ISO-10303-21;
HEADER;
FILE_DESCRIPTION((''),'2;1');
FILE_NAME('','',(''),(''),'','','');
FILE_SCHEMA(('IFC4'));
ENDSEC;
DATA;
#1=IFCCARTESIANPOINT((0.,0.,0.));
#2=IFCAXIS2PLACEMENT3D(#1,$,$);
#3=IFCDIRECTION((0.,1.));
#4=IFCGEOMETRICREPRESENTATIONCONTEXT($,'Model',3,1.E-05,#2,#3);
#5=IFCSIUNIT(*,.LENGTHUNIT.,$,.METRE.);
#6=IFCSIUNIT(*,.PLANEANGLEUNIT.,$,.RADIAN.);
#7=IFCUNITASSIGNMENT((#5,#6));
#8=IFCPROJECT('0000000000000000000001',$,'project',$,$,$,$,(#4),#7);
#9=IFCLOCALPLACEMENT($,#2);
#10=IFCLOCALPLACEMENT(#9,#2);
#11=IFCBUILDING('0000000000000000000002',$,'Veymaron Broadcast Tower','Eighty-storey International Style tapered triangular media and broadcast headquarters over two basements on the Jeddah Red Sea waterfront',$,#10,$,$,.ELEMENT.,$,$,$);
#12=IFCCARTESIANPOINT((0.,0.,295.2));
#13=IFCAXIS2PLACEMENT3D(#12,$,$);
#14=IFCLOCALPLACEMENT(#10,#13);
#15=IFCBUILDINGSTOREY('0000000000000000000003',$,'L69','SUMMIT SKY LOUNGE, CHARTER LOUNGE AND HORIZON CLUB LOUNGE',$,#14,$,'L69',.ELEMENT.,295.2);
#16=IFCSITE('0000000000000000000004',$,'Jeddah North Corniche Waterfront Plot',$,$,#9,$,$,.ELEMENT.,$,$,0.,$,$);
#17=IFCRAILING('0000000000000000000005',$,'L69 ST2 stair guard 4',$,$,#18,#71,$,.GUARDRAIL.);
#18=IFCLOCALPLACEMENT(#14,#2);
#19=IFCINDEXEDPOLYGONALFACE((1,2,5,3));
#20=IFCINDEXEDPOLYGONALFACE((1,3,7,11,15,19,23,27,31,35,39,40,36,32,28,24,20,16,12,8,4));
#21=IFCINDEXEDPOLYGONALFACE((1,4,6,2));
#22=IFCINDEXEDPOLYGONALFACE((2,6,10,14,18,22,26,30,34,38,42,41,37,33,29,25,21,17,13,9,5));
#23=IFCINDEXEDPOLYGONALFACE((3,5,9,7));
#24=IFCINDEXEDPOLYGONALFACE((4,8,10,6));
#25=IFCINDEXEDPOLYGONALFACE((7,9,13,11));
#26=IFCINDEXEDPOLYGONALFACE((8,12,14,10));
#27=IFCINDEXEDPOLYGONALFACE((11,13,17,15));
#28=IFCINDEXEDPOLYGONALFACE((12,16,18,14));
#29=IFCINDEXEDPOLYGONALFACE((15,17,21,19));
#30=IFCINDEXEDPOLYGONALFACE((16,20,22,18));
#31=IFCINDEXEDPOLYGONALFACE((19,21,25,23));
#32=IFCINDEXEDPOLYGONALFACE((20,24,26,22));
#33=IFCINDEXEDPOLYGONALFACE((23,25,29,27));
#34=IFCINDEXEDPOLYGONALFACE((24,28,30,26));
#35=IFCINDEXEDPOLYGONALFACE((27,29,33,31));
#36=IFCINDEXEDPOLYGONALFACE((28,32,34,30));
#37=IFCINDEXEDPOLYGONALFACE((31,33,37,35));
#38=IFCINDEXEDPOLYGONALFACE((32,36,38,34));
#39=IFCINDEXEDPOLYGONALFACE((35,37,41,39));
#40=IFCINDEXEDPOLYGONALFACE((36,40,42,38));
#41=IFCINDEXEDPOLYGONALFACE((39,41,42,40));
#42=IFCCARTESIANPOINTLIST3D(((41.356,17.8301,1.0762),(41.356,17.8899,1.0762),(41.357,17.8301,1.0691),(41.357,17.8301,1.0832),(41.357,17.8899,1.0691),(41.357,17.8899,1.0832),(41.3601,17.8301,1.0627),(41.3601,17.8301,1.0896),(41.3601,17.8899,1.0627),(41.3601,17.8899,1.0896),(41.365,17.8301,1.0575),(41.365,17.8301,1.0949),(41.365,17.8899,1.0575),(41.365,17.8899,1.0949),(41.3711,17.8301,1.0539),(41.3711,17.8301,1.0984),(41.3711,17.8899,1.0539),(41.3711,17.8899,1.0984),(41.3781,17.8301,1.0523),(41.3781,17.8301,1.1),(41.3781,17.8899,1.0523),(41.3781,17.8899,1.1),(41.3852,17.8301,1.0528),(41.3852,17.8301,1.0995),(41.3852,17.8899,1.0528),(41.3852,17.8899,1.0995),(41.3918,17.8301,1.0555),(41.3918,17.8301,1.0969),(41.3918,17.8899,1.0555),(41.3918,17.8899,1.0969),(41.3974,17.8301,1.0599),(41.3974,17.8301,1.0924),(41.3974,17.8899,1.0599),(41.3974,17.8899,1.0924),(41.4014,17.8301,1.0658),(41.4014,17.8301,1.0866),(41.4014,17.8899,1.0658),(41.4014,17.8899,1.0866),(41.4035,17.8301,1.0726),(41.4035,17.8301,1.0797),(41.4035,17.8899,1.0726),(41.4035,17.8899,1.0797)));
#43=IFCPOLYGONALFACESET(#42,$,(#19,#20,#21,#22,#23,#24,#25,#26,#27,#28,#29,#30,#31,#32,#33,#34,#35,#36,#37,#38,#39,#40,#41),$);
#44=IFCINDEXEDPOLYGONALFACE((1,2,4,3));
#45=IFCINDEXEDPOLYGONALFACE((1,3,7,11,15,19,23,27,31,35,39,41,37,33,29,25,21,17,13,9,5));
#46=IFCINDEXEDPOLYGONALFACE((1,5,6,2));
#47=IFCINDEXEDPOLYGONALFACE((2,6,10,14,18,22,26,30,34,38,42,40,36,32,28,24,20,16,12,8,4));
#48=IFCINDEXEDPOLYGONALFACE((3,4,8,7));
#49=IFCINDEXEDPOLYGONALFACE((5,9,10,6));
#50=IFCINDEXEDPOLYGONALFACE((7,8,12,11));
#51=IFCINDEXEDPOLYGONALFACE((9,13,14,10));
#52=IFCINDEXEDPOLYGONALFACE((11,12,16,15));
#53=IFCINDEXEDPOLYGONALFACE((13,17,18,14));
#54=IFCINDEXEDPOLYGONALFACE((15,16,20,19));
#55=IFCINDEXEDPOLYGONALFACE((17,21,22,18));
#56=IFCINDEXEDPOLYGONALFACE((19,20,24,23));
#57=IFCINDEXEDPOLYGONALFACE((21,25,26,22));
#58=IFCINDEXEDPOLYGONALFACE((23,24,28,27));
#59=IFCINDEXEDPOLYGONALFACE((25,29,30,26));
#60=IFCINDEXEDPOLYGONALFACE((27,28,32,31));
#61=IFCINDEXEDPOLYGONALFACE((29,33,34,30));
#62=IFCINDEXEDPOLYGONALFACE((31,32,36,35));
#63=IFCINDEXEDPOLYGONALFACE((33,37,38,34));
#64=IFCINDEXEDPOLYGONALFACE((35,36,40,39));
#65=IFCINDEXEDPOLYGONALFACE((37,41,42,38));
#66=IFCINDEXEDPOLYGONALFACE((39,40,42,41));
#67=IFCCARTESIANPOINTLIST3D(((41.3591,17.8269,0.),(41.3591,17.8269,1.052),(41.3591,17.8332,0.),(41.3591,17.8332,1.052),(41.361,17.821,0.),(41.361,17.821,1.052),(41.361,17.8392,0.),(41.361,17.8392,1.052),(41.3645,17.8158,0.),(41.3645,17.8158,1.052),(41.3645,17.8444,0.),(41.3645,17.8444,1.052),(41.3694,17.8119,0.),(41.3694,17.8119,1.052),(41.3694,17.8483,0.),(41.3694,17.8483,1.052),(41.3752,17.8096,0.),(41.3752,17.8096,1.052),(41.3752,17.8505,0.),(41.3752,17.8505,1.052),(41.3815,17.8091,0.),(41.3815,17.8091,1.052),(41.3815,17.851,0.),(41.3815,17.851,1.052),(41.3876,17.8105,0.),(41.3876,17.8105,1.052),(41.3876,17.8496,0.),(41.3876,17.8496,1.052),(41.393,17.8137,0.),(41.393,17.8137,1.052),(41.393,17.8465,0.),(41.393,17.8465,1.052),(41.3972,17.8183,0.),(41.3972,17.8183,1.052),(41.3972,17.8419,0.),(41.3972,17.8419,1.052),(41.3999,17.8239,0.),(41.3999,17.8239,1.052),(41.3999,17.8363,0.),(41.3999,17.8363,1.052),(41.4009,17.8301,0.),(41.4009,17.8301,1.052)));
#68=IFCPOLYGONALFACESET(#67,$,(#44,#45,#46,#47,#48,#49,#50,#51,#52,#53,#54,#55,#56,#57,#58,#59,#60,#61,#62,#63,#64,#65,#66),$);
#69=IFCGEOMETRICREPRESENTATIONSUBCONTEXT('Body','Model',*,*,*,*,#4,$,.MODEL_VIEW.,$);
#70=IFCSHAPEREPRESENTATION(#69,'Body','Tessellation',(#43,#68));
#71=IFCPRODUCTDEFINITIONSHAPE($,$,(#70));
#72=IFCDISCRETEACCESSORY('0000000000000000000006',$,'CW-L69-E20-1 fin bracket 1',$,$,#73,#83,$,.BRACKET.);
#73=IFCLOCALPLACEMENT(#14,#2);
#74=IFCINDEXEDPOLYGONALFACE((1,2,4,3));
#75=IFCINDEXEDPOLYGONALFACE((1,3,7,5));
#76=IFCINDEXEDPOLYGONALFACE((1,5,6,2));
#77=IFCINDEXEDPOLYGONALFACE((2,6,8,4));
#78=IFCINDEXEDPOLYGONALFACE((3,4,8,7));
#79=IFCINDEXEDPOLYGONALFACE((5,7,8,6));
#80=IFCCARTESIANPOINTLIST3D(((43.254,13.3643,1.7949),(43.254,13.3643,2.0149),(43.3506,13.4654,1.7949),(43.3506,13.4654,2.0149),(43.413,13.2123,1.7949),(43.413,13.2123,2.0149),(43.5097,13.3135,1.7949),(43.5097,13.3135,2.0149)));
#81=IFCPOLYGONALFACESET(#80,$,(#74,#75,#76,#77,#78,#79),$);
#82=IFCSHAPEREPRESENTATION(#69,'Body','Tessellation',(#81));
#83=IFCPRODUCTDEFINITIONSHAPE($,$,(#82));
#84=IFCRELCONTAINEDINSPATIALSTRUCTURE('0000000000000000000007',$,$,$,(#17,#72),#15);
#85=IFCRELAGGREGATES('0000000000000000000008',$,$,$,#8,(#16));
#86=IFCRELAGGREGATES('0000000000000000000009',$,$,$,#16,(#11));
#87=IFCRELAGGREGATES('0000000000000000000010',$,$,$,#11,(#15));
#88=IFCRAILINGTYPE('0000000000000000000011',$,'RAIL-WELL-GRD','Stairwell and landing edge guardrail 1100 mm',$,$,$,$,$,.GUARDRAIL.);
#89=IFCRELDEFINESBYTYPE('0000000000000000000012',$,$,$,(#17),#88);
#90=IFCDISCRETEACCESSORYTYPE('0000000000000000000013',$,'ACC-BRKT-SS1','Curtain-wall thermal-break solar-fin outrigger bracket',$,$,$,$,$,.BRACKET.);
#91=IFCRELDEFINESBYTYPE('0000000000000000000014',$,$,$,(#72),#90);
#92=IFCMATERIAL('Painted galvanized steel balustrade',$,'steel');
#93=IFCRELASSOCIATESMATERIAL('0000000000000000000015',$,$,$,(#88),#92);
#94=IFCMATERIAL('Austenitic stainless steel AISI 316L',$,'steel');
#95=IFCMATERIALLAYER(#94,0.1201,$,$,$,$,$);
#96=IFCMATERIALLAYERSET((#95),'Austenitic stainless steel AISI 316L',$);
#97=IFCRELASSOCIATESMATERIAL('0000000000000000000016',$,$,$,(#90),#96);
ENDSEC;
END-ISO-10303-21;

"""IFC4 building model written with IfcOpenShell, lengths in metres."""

from ifc_helpers import new_model, si_unit, direction, frame, origin, origin_2d, place, context, subcontext, project, spatial, rectangle, circle, extrude, material, layer, layer_set, type_object, element, save


model = new_model("IFC4")

# Units and contexts
model_context = context("Model", 3, precision=1e-05, world=origin(), true_north=direction((0.0, 1.0)))
body_context = subcontext(model_context, "Body", "Model", "MODEL_VIEW")
ifc_project = project(units=[si_unit("LENGTHUNIT", "METRE"), si_unit("PLANEANGLEUNIT", "RADIAN")], contexts=[model_context])

# Site, building, storey
site_placement = place(None, origin())
site = spatial("IfcSite", under=ifc_project, at=site_placement, Name="Jeddah North Corniche Waterfront Plot", CompositionType="ELEMENT", RefElevation=0.0)
building_placement = place(site_placement, origin())
building = spatial("IfcBuilding", under=site, at=building_placement, Name="Veymaron Broadcast Tower", Description="Eighty-storey International Style tapered triangular media and broadcast headquarters over two basements on the Jeddah Red Sea waterfront", CompositionType="ELEMENT")
storey_placement = place(building_placement, frame((0.0, 0.0, 295.2)))
storey = spatial("IfcBuildingStorey", under=building, at=storey_placement, Name="L69", Description="SUMMIT SKY LOUNGE, CHARTER LOUNGE AND HORIZON CLUB LOUNGE", LongName="L69", CompositionType="ELEMENT", Elevation=295.2)

# Railing
ifc_material_1 = material(Name="Painted galvanized steel balustrade", Category="steel")
railing_type_1 = type_object("IfcRailingType", Name="RAIL-WELL-GRD", Description="Stairwell and landing edge guardrail 1100 mm", PredefinedType="GUARDRAIL", material=ifc_material_1)
railing_1_placement = place(storey_placement, frame((41.3799, 17.8301, 0.0)))
element("IfcRailing", 1, at=railing_1_placement, inside=storey, type_object=railing_type_1, Name="L69 ST2 stair guard 4", PredefinedType="GUARDRAIL", context=body_context, shape_type="SweptSolid", body=[
    extrude(circle(Radius=0.0239, at=origin_2d()), frame((0.0, 0.0, 1.0762), z_axis=(0.0, 1.0, 0.0), x_axis=(-1.0, 0.0, 0.0)), (0.0, 0.0, 1.0), 0.0598),
    extrude(circle(Radius=0.021, at=origin_2d()), origin(), (0.0, 0.0, 1.0), 1.052),
])

# Discrete accessory
ifc_material_2 = material(Name="Austenitic stainless steel AISI 316L", Category="steel")
ifc_layer_1 = layer(ifc_material_2, 0.1201)
ifc_layer_set_1 = layer_set([ifc_layer_1], Name="Austenitic stainless steel AISI 316L")
discrete_accessory_type = type_object("IfcDiscreteAccessoryType", Name="ACC-BRKT-SS1", Description="Curtain-wall thermal-break solar-fin outrigger bracket", PredefinedType="BRACKET", material=ifc_layer_set_1)
discrete_accessory_placement = place(storey_placement, frame((43.3818, 13.3389, 1.7949), z_axis=(0.0, 0.0, 1.0), x_axis=(0.722979, -0.69087, 0.0)))
element("IfcDiscreteAccessory", 2, at=discrete_accessory_placement, inside=storey, type_object=discrete_accessory_type, Name="CW-L69-E20-1 fin bracket 1", PredefinedType="BRACKET", context=body_context, shape_type="SweptSolid", body=[
    extrude(rectangle(XDim=0.22, YDim=0.1399, at=origin_2d()), origin(), (0.0, 0.0, 1.0), 0.22),
])

save(model, "model.ifc")
